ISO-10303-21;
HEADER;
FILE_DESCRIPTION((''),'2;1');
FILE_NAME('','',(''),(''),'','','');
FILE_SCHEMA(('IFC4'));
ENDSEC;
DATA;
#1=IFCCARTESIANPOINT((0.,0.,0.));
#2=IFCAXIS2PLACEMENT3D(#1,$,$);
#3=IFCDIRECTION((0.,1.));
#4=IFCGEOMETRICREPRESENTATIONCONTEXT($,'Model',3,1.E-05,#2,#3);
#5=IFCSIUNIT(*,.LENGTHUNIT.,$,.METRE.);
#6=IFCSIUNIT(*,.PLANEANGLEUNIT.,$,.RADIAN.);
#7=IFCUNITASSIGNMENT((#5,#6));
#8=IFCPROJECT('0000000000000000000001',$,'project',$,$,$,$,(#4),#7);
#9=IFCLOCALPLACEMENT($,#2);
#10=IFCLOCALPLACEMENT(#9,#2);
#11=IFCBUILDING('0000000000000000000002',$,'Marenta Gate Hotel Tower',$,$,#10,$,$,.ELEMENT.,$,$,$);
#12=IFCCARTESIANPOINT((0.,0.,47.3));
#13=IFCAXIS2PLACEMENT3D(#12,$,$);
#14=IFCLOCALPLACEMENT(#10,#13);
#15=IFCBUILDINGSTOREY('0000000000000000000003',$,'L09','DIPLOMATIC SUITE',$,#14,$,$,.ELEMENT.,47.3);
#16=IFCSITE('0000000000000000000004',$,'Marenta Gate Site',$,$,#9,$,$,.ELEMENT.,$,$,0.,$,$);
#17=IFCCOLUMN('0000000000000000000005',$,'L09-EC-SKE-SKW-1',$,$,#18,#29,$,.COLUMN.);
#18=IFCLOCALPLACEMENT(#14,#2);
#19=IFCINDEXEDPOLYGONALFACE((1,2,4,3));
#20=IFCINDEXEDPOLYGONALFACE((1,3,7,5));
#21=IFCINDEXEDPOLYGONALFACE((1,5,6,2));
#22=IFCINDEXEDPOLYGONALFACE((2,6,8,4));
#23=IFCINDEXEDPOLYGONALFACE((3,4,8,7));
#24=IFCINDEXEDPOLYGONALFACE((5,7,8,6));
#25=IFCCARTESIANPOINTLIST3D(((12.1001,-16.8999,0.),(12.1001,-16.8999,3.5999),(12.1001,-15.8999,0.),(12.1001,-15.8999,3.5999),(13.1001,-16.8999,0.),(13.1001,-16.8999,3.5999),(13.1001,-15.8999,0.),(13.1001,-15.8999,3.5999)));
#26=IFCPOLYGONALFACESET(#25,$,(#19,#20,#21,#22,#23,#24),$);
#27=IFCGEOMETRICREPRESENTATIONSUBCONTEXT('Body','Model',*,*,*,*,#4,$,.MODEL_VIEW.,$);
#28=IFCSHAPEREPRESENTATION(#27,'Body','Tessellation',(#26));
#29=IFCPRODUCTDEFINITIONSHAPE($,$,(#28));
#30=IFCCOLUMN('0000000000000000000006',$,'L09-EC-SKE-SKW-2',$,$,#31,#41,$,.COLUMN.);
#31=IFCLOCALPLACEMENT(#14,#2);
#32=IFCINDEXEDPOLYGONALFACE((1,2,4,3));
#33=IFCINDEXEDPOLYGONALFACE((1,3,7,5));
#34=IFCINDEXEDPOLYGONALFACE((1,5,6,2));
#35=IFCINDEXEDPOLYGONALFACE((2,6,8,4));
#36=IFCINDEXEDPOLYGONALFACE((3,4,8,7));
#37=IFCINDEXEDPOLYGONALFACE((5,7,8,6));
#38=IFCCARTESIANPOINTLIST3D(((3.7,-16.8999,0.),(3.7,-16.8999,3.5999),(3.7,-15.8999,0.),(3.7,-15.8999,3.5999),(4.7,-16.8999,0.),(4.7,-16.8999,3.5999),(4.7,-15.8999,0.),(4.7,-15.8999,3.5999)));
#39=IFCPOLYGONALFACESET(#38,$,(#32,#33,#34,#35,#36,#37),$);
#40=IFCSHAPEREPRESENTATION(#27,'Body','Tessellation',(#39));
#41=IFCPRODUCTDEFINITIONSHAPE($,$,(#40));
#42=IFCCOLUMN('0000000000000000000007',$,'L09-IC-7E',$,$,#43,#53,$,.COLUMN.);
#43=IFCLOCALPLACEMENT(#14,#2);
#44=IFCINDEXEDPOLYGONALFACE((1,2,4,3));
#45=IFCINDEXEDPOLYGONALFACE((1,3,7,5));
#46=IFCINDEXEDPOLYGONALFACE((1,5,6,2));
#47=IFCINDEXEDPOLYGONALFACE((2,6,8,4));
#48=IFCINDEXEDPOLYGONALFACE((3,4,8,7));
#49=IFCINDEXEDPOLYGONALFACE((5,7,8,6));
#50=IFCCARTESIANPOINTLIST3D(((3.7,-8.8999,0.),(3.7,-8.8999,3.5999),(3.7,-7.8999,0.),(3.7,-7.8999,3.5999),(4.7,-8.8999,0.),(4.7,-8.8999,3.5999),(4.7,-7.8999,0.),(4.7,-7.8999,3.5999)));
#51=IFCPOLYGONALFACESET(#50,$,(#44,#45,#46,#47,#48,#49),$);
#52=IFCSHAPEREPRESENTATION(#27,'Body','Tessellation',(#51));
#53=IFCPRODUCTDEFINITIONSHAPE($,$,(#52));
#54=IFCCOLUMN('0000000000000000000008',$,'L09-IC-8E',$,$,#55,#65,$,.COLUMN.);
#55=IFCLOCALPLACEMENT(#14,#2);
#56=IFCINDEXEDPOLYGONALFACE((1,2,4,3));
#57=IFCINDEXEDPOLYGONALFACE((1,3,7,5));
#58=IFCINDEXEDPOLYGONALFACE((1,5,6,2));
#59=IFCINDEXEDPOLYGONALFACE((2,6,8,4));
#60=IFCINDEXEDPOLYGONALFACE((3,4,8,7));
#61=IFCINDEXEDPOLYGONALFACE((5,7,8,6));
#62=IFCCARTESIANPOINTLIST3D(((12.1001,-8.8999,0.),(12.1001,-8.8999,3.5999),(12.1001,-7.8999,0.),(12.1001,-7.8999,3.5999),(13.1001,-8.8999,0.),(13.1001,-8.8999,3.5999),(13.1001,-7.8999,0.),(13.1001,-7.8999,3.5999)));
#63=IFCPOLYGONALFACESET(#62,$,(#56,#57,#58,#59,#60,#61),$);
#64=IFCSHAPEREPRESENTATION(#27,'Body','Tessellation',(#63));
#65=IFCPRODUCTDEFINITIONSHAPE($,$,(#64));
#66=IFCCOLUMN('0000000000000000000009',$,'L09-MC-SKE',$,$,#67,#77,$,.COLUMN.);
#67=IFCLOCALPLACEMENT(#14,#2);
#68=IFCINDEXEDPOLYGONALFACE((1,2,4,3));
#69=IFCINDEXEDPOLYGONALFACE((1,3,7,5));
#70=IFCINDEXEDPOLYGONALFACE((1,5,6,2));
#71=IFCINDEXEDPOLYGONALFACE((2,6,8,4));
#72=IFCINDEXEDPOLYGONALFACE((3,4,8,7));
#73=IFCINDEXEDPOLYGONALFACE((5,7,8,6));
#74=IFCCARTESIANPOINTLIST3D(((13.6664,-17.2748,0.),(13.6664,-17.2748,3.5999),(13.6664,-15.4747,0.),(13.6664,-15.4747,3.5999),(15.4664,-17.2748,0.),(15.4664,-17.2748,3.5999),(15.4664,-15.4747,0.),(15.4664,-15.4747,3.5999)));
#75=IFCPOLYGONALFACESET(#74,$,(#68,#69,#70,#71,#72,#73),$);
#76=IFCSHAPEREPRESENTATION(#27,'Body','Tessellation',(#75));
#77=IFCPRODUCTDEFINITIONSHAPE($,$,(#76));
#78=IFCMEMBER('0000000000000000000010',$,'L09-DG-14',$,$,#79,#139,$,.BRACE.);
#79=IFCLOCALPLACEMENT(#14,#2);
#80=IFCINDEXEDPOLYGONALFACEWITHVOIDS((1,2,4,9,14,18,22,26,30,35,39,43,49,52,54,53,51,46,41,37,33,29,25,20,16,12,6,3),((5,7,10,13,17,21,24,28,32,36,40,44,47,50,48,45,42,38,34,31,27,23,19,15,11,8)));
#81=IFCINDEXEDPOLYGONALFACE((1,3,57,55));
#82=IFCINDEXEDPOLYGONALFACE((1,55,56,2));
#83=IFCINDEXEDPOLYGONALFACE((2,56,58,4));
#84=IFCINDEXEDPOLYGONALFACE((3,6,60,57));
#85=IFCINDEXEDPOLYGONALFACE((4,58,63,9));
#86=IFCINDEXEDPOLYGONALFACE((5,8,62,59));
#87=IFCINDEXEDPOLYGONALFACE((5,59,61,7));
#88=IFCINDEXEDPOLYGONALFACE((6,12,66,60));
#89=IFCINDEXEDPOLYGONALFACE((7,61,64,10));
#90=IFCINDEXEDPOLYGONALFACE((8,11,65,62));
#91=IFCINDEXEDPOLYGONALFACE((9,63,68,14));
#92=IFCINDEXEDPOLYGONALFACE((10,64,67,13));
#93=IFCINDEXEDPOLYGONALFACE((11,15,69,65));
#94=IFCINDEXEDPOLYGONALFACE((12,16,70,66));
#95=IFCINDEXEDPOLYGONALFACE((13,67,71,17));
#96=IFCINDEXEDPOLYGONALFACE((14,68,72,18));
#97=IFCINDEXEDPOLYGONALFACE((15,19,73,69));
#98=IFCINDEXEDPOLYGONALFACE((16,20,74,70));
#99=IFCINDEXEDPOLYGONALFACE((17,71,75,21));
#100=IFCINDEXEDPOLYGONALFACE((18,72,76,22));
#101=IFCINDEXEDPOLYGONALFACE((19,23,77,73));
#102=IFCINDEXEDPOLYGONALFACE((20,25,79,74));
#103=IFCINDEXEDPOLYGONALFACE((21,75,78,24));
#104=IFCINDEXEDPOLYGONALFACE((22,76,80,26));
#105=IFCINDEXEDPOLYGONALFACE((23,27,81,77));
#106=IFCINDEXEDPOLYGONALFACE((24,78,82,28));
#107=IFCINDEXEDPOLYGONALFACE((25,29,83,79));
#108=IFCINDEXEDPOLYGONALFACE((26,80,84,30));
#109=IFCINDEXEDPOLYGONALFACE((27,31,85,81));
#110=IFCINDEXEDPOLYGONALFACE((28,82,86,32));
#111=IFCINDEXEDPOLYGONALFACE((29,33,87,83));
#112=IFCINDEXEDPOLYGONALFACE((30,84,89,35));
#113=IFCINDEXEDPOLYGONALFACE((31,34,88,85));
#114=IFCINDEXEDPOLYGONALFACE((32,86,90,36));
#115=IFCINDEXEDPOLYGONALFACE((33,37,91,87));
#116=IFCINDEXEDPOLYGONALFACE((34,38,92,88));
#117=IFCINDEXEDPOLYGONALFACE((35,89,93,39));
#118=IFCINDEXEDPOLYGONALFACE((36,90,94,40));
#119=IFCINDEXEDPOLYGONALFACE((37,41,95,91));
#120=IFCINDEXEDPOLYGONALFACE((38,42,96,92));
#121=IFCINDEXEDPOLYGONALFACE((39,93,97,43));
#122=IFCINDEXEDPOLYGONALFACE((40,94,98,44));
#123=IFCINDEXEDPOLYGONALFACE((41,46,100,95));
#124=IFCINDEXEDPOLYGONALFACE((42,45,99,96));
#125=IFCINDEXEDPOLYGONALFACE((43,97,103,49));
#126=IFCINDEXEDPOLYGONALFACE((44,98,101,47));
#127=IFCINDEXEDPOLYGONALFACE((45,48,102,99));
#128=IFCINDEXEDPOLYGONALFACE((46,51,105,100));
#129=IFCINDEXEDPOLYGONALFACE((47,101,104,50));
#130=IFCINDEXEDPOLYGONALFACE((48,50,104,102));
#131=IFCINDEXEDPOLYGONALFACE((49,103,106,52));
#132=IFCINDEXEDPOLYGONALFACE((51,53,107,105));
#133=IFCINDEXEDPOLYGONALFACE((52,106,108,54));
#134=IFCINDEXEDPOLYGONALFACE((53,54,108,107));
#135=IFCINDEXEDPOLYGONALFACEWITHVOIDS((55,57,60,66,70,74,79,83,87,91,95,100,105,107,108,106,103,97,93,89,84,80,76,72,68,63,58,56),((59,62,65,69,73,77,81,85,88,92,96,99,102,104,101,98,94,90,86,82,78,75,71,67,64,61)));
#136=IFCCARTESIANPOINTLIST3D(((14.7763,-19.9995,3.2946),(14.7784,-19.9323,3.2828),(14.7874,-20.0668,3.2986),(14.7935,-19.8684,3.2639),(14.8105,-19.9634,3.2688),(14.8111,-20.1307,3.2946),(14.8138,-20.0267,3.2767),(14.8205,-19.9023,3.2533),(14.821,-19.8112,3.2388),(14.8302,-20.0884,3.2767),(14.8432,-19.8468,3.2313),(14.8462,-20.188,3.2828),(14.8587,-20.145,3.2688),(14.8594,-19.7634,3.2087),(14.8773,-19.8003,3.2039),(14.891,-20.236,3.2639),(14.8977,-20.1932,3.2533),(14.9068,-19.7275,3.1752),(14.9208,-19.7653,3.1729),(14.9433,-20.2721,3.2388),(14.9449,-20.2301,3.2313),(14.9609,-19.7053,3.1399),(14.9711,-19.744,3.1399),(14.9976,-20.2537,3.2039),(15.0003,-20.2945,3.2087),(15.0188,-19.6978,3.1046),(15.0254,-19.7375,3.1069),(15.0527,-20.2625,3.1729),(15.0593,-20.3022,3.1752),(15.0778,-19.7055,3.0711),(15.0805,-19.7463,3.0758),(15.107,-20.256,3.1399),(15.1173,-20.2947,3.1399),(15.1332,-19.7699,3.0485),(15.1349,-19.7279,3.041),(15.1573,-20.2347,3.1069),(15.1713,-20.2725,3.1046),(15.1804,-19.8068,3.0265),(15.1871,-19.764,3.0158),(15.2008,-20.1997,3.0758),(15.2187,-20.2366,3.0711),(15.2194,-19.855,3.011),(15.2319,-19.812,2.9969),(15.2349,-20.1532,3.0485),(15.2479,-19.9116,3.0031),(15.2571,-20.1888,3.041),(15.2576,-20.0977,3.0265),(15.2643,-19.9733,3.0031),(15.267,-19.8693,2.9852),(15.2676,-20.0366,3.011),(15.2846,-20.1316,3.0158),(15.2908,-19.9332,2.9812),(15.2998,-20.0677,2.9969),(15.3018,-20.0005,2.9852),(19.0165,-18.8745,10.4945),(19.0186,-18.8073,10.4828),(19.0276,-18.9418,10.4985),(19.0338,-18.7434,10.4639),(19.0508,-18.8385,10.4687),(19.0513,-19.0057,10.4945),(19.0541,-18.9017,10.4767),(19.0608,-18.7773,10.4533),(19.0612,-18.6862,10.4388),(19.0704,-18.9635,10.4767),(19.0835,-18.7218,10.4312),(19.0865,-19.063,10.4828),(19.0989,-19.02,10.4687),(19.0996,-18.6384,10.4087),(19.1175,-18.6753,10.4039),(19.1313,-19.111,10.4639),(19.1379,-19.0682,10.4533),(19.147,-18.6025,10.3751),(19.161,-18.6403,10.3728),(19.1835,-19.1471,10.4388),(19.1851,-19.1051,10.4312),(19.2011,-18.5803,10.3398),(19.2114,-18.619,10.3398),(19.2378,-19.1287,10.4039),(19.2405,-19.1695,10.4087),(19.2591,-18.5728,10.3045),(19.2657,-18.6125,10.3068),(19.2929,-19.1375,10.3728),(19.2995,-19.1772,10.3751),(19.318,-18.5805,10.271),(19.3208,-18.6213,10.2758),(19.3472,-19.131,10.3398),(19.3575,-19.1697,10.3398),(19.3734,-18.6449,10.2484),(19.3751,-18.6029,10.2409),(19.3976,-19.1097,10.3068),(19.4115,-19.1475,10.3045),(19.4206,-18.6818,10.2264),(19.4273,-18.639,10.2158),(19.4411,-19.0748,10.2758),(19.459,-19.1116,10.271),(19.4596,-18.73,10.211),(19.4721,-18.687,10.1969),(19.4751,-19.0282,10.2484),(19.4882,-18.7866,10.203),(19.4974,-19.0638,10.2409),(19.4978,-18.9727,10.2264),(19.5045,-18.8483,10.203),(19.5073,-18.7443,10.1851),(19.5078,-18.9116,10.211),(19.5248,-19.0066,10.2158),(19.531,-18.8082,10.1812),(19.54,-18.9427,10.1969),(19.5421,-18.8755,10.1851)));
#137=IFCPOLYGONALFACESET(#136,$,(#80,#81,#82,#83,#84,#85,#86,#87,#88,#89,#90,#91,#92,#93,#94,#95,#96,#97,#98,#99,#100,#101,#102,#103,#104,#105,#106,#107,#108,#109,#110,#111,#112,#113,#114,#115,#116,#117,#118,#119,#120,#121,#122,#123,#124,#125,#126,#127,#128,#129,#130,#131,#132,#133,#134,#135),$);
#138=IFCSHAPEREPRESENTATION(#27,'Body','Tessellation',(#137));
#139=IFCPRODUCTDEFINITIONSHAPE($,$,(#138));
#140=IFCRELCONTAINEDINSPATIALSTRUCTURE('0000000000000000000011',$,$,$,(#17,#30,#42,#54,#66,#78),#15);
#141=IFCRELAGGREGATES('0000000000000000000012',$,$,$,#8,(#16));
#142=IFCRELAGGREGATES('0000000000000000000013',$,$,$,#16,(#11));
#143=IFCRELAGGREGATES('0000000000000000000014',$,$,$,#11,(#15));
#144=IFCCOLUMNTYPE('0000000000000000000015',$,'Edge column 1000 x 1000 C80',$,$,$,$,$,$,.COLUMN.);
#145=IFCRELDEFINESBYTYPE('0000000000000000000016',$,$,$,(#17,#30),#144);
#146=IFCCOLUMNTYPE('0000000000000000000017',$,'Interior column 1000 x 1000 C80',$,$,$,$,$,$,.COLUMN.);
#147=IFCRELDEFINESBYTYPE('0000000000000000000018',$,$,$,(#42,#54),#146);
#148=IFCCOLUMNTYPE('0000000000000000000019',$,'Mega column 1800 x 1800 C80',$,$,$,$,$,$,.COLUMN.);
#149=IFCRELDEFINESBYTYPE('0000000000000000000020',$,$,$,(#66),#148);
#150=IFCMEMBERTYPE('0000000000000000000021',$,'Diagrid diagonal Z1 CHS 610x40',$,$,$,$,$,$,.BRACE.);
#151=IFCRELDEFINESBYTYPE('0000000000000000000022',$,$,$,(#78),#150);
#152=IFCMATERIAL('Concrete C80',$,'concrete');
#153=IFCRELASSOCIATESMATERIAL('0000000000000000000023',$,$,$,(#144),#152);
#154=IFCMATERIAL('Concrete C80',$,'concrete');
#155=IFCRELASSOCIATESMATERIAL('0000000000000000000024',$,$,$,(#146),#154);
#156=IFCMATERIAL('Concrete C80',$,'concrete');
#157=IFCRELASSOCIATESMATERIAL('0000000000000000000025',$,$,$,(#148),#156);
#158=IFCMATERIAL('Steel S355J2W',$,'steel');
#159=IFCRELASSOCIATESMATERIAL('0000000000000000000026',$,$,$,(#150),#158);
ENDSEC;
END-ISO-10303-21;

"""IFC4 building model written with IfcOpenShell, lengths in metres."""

from ifc_helpers import new_model, si_unit, direction, frame, origin, origin_2d, place, context, subcontext, project, spatial, rectangle, hollow_circle, extrude, material, material_profile, profile_set, type_object, element, save


model = new_model("IFC4")

# Units and contexts
model_context = context("Model", 3, precision=1e-05, world=origin(), true_north=direction((0.0, 1.0)))
body_context = subcontext(model_context, "Body", "Model", "MODEL_VIEW")
ifc_project = project(units=[si_unit("LENGTHUNIT", "METRE"), si_unit("PLANEANGLEUNIT", "RADIAN")], contexts=[model_context])

# Site, building, storey
site_placement = place(None, origin())
site = spatial("IfcSite", under=ifc_project, at=site_placement, Name="Marenta Gate Site", CompositionType="ELEMENT", RefElevation=0.0)
building_placement = place(site_placement, origin())
building = spatial("IfcBuilding", under=site, at=building_placement, Name="Marenta Gate Hotel Tower", CompositionType="ELEMENT")
storey_placement = place(building_placement, frame((0.0, 0.0, 47.3)))
storey = spatial("IfcBuildingStorey", under=building, at=storey_placement, Name="L09", Description="DIPLOMATIC SUITE", CompositionType="ELEMENT", Elevation=47.3)

# Columns
ifc_material_1 = material(Name="Concrete C80", Category="concrete")
ifc_material_profile_1 = material_profile(ifc_material_1, rectangle(XDim=1.0, YDim=1.0, at=origin_2d()), Name="1000 x 1000")
ifc_profile_set_1 = profile_set([ifc_material_profile_1], Name="Concrete C80")
column_type_1 = type_object("IfcColumnType", Name="Edge column 1000 x 1000 C80", PredefinedType="COLUMN", material=ifc_profile_set_1)
for number, where, z_axis, x_axis, name in (
    (1, (12.6001, -16.3999, 0.0), (0.0, 0.0, 1.0), (1.0, 0.0, 0.0), "L09-EC-SKE-SKW-1"),
    (2, (4.2, -16.3999, 0.0), (0.0, 0.0, 1.0), (1.0, 0.0, 0.0), "L09-EC-SKE-SKW-2"),
):
    element("IfcColumn", number, at=place(storey_placement, frame(where, z_axis=z_axis, x_axis=x_axis)), inside=storey, type_object=column_type_1, Name=name, PredefinedType="COLUMN", context=body_context, shape_type="SweptSolid", body=[
        extrude(rectangle(XDim=1.0, YDim=1.0, at=origin_2d()), origin(), (0.0, 0.0, 1.0), 3.5999),
    ])
ifc_material_2 = material(Name="Concrete C80", Category="concrete")
ifc_material_profile_2 = material_profile(ifc_material_2, rectangle(XDim=1.0, YDim=1.0, at=origin_2d()), Name="1000 x 1000")
ifc_profile_set_2 = profile_set([ifc_material_profile_2], Name="Concrete C80")
column_type_2 = type_object("IfcColumnType", Name="Interior column 1000 x 1000 C80", PredefinedType="COLUMN", material=ifc_profile_set_2)
for number, where, z_axis, x_axis, name in (
    (3, (4.2, -8.3999, 0.0), (0.0, 0.0, 1.0), (1.0, 0.0, 0.0), "L09-IC-7E"),
    (4, (12.6001, -8.3999, 0.0), (0.0, 0.0, 1.0), (1.0, 0.0, 0.0), "L09-IC-8E"),
):
    element("IfcColumn", number, at=place(storey_placement, frame(where, z_axis=z_axis, x_axis=x_axis)), inside=storey, type_object=column_type_2, Name=name, PredefinedType="COLUMN", context=body_context, shape_type="SweptSolid", body=[
        extrude(rectangle(XDim=1.0, YDim=1.0, at=origin_2d()), origin(), (0.0, 0.0, 1.0), 3.5999),
    ])
ifc_material_3 = material(Name="Concrete C80", Category="concrete")
ifc_material_profile_3 = material_profile(ifc_material_3, rectangle(XDim=1.8, YDim=1.8, at=origin_2d()), Name="1800 x 1800")
ifc_profile_set_3 = profile_set([ifc_material_profile_3], Name="Concrete C80")
column_type_3 = type_object("IfcColumnType", Name="Mega column 1800 x 1800 C80", PredefinedType="COLUMN", material=ifc_profile_set_3)
column_placement = place(storey_placement, frame((14.5664, -16.3748, 0.0), z_axis=(0.0, 0.0, 1.0), x_axis=(1.0, 0.0, 0.0)))
element("IfcColumn", 5, at=column_placement, inside=storey, type_object=column_type_3, Name="L09-MC-SKE", PredefinedType="COLUMN", context=body_context, shape_type="SweptSolid", body=[
    extrude(rectangle(XDim=1.8, YDim=1.8, at=origin_2d()), origin(), (0.0, 0.0, 1.0), 3.5999),
])

# Member
ifc_material_4 = material(Name="Steel S355J2W", Category="steel")
ifc_material_profile_4 = material_profile(ifc_material_4, hollow_circle(Radius=0.3049, WallThickness=0.04, at=origin_2d()), Name="CHS 610x40")
ifc_profile_set_4 = profile_set([ifc_material_profile_4], Name="Steel S355J2W")
member_type_1 = type_object("IfcMemberType", Name="Diagrid diagonal Z1 CHS 610x40", PredefinedType="BRACE", material=ifc_profile_set_4)
member_1_placement = place(storey_placement, frame((15.0391, -20.0, 3.1399), z_axis=(0.502924, 0.133434, 0.853969), x_axis=(-0.256443, 0.966559, 0.0)))
element("IfcMember", 6, at=member_1_placement, inside=storey, type_object=member_type_1, Name="L09-DG-14", PredefinedType="BRACE", context=body_context, shape_type="SweptSolid", body=[
    extrude(hollow_circle(Radius=0.3049, WallThickness=0.04, at=origin_2d()), origin(), (0.0, 0.0, 1.0), 8.4312),
])

save(model, "model.ifc")
